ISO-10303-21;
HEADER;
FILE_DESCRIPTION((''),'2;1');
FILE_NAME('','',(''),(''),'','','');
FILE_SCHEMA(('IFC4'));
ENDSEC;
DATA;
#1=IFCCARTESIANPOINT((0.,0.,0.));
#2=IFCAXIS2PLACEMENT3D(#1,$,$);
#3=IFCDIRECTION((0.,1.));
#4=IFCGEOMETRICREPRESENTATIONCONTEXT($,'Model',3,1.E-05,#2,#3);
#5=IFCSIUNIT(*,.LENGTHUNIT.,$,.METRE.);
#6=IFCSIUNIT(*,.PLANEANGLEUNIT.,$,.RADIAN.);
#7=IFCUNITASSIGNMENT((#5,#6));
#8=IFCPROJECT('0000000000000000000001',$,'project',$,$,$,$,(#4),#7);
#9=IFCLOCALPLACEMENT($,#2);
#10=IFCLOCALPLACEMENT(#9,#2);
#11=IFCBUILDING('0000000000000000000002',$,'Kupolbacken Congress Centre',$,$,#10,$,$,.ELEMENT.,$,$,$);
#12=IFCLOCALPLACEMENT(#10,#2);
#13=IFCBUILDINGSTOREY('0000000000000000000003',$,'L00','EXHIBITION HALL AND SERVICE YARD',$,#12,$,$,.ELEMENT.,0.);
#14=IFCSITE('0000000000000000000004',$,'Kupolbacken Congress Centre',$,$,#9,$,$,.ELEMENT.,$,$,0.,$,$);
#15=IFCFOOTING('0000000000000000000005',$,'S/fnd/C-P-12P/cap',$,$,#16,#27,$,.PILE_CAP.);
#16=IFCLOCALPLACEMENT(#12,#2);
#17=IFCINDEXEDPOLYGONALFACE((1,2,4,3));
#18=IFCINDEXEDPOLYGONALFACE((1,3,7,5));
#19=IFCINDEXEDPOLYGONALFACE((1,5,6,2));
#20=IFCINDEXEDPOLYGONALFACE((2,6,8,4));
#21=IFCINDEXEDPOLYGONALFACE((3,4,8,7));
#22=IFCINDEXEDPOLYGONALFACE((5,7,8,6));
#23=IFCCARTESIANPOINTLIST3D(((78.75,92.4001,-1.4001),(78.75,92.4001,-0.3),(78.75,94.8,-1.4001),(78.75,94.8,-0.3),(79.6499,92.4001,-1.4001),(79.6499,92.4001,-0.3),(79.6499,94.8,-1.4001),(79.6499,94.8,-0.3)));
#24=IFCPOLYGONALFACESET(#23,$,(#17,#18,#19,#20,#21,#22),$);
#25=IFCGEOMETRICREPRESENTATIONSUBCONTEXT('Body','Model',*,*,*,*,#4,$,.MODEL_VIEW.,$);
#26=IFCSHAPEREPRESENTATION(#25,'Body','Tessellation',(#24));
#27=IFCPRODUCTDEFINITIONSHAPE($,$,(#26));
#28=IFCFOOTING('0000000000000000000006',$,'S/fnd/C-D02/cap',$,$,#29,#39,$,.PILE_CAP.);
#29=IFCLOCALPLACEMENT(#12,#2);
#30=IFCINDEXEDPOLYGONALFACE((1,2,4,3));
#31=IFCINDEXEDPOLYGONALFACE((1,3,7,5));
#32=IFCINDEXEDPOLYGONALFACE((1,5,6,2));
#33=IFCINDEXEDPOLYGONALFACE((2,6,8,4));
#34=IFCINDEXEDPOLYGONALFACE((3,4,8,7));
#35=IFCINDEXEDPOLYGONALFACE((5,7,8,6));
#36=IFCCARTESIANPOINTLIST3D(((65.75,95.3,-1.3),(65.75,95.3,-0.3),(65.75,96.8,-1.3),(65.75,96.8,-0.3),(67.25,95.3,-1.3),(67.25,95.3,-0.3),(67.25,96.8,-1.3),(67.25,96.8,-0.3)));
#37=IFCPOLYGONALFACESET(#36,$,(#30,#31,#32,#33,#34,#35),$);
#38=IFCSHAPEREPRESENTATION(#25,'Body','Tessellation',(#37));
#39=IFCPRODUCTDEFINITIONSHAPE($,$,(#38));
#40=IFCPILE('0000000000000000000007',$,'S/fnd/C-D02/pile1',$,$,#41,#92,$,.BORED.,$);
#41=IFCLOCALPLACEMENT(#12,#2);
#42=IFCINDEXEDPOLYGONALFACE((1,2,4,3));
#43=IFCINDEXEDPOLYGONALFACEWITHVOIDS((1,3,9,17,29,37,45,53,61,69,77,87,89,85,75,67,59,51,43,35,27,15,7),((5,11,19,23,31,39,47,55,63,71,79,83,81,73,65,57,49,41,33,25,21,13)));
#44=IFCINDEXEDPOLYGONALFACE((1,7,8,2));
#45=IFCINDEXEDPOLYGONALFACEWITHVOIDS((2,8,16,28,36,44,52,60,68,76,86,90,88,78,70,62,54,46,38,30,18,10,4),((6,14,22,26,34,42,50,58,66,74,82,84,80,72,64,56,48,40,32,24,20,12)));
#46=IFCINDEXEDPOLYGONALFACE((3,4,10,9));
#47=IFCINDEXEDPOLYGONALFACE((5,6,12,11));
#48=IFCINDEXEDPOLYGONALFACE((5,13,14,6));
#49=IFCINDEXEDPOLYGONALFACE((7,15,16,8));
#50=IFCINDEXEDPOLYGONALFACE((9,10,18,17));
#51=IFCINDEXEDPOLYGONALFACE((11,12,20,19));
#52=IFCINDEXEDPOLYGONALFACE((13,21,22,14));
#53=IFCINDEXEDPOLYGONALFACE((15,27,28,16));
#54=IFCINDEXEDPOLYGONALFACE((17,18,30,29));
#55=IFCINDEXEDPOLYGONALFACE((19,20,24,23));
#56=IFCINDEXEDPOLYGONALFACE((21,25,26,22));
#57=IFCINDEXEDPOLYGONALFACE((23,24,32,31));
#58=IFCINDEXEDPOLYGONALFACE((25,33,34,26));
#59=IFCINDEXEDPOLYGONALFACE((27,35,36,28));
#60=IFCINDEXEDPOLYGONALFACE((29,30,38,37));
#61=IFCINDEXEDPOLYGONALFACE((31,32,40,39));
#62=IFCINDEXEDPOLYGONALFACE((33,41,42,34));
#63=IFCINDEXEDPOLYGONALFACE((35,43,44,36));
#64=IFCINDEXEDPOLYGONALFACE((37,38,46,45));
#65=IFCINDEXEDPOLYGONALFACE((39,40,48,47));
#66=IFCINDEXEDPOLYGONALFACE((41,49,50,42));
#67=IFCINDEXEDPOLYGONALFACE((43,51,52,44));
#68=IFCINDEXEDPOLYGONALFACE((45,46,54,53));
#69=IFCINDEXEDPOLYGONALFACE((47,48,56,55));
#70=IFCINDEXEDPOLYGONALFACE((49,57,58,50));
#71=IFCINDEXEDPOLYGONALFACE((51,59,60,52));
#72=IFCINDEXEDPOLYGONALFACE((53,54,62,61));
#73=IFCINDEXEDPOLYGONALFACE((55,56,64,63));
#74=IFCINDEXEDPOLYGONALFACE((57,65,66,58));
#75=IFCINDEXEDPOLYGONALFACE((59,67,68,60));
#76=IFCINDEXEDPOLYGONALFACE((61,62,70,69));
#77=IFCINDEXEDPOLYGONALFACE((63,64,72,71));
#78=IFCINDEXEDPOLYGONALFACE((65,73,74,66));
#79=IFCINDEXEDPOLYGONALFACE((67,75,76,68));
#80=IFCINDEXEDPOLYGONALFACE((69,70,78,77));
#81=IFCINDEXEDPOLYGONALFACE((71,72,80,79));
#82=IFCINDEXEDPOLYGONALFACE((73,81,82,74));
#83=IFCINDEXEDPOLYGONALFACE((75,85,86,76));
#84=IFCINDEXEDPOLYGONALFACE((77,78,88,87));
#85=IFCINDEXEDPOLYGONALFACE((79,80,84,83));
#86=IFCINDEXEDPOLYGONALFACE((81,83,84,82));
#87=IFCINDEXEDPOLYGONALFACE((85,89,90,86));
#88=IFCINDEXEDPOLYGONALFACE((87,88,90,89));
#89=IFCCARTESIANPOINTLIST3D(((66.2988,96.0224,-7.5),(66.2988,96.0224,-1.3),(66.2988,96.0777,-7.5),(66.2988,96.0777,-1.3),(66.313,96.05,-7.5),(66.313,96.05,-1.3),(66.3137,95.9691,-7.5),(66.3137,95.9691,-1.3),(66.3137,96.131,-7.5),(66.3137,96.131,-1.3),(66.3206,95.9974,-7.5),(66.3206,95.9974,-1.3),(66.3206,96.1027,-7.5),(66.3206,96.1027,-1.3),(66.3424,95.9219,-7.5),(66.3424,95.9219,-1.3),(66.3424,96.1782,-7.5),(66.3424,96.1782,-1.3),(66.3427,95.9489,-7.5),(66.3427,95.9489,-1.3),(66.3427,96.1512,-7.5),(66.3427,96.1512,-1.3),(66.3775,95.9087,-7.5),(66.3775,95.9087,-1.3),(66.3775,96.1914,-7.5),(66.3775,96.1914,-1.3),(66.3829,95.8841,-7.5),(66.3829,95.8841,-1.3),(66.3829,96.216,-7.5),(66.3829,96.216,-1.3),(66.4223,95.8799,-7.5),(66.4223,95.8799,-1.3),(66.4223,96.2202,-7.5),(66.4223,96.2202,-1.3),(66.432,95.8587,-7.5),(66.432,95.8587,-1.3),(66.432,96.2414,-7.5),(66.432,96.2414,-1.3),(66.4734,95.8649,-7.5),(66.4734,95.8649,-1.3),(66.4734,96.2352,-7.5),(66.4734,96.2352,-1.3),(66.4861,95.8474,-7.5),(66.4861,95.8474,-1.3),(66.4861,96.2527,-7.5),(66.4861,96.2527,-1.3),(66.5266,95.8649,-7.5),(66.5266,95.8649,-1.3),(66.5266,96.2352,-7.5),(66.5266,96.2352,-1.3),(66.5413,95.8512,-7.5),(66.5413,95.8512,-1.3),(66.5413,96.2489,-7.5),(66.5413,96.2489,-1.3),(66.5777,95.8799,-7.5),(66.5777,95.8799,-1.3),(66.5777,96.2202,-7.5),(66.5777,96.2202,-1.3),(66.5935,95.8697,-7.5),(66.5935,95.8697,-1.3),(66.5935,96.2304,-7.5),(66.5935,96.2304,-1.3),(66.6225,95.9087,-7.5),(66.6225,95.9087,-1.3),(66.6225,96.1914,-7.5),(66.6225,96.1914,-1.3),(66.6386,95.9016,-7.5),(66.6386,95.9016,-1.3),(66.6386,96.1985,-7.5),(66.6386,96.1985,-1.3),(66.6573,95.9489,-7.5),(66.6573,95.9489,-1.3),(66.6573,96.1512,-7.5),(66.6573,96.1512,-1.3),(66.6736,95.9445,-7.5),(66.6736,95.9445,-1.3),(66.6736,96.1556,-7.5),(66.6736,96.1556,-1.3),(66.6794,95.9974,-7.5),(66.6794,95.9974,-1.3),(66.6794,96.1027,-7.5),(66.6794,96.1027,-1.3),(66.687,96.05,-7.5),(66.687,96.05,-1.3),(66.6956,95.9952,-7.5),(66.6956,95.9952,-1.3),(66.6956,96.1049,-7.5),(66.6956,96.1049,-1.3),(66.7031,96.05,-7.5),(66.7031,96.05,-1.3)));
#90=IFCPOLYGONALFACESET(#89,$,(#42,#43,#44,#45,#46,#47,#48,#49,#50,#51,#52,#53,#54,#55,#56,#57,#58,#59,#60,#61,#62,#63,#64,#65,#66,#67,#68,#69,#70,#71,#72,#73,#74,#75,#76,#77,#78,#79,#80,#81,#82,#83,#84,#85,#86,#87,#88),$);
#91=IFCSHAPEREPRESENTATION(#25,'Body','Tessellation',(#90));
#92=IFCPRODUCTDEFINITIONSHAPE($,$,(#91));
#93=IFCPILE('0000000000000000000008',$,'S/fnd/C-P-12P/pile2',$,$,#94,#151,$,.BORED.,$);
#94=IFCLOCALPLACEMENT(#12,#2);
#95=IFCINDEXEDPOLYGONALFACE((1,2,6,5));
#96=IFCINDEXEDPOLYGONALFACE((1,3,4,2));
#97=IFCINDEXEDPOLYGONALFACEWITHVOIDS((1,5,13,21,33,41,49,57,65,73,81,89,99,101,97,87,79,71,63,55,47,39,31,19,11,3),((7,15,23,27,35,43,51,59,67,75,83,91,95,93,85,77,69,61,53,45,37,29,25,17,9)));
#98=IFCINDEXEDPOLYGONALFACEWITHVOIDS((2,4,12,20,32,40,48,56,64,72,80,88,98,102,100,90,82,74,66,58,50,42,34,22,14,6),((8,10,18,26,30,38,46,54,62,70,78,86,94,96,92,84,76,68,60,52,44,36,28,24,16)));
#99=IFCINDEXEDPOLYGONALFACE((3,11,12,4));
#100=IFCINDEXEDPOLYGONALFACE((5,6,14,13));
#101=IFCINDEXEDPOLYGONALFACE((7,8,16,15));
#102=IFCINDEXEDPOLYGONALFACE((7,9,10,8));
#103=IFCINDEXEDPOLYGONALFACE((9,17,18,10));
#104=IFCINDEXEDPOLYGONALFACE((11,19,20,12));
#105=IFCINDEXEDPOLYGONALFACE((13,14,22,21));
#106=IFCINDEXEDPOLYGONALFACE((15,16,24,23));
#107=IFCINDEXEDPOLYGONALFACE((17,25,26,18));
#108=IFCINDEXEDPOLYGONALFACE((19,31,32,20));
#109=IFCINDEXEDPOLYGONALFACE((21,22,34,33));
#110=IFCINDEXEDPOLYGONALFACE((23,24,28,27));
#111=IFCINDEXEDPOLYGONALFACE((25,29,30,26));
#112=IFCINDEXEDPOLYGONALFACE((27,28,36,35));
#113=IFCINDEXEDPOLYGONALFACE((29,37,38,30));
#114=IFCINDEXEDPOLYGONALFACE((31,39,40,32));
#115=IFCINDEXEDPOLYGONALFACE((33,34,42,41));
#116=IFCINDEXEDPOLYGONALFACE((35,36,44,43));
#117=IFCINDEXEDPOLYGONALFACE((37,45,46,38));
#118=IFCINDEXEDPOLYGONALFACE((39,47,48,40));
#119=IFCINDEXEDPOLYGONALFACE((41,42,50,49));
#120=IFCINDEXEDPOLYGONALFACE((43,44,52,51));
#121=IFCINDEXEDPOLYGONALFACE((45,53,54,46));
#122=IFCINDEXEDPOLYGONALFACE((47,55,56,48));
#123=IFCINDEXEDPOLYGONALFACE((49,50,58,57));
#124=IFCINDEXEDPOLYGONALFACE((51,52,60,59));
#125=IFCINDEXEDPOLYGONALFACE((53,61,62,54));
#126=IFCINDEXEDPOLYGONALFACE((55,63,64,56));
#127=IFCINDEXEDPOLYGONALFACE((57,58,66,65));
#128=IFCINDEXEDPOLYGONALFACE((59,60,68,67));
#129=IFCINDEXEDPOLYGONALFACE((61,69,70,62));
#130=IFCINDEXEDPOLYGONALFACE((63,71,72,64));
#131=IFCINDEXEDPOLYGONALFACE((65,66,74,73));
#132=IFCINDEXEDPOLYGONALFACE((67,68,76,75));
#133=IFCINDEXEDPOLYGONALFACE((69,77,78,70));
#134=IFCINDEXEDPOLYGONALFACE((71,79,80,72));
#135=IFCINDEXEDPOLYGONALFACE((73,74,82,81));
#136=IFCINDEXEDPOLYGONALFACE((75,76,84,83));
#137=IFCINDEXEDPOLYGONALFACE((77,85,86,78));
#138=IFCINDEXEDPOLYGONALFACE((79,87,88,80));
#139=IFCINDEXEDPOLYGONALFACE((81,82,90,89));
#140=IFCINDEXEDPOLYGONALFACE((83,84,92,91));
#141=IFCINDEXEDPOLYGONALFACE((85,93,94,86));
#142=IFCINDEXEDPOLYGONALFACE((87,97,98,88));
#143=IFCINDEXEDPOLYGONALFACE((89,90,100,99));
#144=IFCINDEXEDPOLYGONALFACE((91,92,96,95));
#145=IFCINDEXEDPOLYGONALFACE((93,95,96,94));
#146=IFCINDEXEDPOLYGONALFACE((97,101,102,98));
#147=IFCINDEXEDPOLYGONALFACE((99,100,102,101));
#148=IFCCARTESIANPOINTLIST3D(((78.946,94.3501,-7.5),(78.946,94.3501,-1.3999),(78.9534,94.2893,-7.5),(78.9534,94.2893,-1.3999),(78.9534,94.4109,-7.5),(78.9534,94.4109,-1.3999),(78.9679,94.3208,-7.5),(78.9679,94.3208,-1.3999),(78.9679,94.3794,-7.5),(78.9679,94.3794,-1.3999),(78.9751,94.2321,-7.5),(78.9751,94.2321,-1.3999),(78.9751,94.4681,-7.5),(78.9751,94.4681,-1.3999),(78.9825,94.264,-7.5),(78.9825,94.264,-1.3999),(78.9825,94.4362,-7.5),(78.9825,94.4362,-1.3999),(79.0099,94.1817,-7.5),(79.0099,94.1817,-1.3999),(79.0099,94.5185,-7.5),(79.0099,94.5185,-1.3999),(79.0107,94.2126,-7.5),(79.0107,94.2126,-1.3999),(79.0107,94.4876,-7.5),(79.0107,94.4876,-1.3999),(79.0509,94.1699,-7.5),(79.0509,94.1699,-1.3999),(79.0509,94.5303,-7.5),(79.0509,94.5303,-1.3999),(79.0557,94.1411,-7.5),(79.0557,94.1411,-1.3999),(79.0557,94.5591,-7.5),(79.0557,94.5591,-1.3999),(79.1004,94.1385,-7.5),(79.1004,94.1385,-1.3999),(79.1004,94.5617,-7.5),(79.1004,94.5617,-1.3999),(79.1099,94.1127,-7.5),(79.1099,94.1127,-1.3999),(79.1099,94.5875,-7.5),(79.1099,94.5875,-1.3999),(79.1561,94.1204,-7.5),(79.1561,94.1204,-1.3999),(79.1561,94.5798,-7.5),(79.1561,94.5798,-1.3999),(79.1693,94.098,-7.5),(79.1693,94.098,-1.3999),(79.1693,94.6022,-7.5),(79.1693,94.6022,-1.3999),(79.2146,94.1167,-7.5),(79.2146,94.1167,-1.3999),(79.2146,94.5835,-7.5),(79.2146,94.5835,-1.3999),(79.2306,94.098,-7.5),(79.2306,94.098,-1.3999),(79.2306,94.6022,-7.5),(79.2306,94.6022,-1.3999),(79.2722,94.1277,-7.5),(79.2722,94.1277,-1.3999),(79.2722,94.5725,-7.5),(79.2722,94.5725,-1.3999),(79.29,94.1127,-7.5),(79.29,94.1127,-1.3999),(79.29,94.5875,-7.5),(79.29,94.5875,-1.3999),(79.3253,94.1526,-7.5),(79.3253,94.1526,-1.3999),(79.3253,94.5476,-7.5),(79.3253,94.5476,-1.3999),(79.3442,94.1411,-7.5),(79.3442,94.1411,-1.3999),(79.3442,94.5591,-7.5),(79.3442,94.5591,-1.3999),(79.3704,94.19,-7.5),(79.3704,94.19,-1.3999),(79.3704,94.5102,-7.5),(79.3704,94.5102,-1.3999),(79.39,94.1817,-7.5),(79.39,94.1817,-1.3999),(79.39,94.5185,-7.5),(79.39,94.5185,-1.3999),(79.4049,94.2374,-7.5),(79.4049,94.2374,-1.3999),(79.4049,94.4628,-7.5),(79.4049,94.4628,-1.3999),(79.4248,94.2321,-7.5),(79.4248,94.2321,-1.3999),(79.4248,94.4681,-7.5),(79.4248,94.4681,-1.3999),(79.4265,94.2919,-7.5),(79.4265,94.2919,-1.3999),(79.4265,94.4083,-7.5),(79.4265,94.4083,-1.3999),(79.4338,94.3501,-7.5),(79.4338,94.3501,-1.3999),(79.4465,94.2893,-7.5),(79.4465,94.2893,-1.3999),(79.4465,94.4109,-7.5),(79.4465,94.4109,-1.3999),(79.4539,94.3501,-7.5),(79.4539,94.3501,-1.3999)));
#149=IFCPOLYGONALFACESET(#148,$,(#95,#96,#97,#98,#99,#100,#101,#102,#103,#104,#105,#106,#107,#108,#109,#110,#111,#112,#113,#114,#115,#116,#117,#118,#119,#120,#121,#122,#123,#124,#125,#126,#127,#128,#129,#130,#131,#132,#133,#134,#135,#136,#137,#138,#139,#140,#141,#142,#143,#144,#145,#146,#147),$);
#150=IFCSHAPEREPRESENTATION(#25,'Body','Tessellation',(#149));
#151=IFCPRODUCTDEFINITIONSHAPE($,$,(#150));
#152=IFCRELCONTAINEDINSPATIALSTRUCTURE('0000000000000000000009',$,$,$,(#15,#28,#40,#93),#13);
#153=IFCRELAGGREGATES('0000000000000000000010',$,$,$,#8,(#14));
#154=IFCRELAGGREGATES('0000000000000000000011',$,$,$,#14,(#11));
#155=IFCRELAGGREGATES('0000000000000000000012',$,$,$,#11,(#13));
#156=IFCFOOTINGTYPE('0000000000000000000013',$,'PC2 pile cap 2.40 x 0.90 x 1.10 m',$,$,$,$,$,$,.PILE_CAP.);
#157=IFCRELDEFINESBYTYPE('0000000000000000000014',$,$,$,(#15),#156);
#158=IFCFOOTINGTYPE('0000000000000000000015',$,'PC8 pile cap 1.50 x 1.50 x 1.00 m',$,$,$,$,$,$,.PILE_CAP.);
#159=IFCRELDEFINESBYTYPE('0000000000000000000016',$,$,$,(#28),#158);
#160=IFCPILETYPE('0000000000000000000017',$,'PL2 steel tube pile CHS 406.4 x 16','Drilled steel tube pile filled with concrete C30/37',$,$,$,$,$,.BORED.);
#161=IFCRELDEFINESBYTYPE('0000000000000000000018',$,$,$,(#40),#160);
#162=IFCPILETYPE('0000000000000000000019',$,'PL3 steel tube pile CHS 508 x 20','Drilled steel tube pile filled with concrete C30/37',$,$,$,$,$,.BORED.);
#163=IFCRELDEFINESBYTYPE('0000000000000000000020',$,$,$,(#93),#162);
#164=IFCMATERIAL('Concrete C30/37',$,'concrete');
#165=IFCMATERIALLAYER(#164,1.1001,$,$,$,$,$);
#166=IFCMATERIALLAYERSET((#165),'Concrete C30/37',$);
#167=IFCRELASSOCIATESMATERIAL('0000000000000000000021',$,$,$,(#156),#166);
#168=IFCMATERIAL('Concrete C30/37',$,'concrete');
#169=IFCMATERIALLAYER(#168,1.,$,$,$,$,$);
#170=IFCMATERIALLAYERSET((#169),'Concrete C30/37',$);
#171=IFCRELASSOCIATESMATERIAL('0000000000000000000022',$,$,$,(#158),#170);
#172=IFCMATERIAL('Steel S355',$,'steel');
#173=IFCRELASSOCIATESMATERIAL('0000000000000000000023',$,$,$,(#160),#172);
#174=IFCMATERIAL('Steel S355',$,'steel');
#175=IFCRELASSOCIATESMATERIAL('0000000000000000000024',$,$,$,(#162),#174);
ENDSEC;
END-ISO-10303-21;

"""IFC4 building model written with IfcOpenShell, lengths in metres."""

from ifc_helpers import new_model, si_unit, direction, frame, origin, origin_2d, place, context, subcontext, project, spatial, rectangle, hollow_circle, extrude, material, layer, layer_set, material_profile, profile_set, type_object, element, save


model = new_model("IFC4")

# Units and contexts
model_context = context("Model", 3, precision=1e-05, world=origin(), true_north=direction((0.0, 1.0)))
body_context = subcontext(model_context, "Body", "Model", "MODEL_VIEW")
ifc_project = project(units=[si_unit("LENGTHUNIT", "METRE"), si_unit("PLANEANGLEUNIT", "RADIAN")], contexts=[model_context])

# Site, building, storey
site_placement = place(None, origin())
site = spatial("IfcSite", under=ifc_project, at=site_placement, Name="Kupolbacken Congress Centre", CompositionType="ELEMENT", RefElevation=0.0)
building_placement = place(site_placement, origin())
building = spatial("IfcBuilding", under=site, at=building_placement, Name="Kupolbacken Congress Centre", CompositionType="ELEMENT")
storey_placement = place(building_placement, origin())
storey = spatial("IfcBuildingStorey", under=building, at=storey_placement, Name="L00", Description="EXHIBITION HALL AND SERVICE YARD", CompositionType="ELEMENT", Elevation=0.0)

# Footings
ifc_material_1 = material(Name="Concrete C30/37", Category="concrete")
ifc_layer_1 = layer(ifc_material_1, 1.1001)
ifc_layer_set_1 = layer_set([ifc_layer_1], Name="Concrete C30/37")
footing_type_1 = type_object("IfcFootingType", Name="PC2 pile cap 2.40 x 0.90 x 1.10 m", PredefinedType="PILE_CAP", material=ifc_layer_set_1)
footing_1_placement = place(storey_placement, frame((79.2, 93.6001, -1.4001), z_axis=(0.0, 0.0, 1.0), x_axis=(1.0, 0.0, 0.0)))
element("IfcFooting", 1, at=footing_1_placement, inside=storey, type_object=footing_type_1, Name="S/fnd/C-P-12P/cap", PredefinedType="PILE_CAP", context=body_context, shape_type="SweptSolid", body=[
    extrude(rectangle(XDim=0.8999, YDim=2.3999, at=origin_2d()), origin(), (0.0, 0.0, 1.0), 1.1001),
])
ifc_material_2 = material(Name="Concrete C30/37", Category="concrete")
ifc_layer_2 = layer(ifc_material_2, 1.0)
ifc_layer_set_2 = layer_set([ifc_layer_2], Name="Concrete C30/37")
footing_type_2 = type_object("IfcFootingType", Name="PC8 pile cap 1.50 x 1.50 x 1.00 m", PredefinedType="PILE_CAP", material=ifc_layer_set_2)
footing_2_placement = place(storey_placement, frame((66.5, 96.05, -1.3), z_axis=(0.0, 0.0, 1.0), x_axis=(1.0, 0.0, 0.0)))
element("IfcFooting", 2, at=footing_2_placement, inside=storey, type_object=footing_type_2, Name="S/fnd/C-D02/cap", PredefinedType="PILE_CAP", context=body_context, shape_type="SweptSolid", body=[
    extrude(rectangle(XDim=1.5, YDim=1.5, at=origin_2d()), origin(), (0.0, 0.0, 1.0), 1.0),
])

# Piles
ifc_material_3 = material(Name="Steel S355", Category="steel")
ifc_material_profile_1 = material_profile(ifc_material_3, hollow_circle(Radius=0.2031, WallThickness=0.0161, at=origin_2d()), Name="CHS 406.4 x 16")
ifc_profile_set_1 = profile_set([ifc_material_profile_1], Name="Steel S355")
pile_type_1 = type_object("IfcPileType", Name="PL2 steel tube pile CHS 406.4 x 16", Description="Drilled steel tube pile filled with concrete C30/37", PredefinedType="BORED", material=ifc_profile_set_1)
pile_placement = place(storey_placement, frame((66.5, 96.05, -1.3), z_axis=(0.0, 0.0, -1.0), x_axis=(1.0, 0.0, 0.0)))
element("IfcPile", 3, at=pile_placement, inside=storey, type_object=pile_type_1, Name="S/fnd/C-D02/pile1", PredefinedType="BORED", context=body_context, shape_type="SweptSolid", body=[
    extrude(hollow_circle(Radius=0.2031, WallThickness=0.0161, at=origin_2d()), origin(), (0.0, 0.0, 1.0), 6.2),
])
ifc_material_4 = material(Name="Steel S355", Category="steel")
ifc_material_profile_2 = material_profile(ifc_material_4, hollow_circle(Radius=0.2539, WallThickness=0.02, at=origin_2d()), Name="CHS 508 x 20")
ifc_profile_set_2 = profile_set([ifc_material_profile_2], Name="Steel S355")
pile_type_2 = type_object("IfcPileType", Name="PL3 steel tube pile CHS 508 x 20", Description="Drilled steel tube pile filled with concrete C30/37", PredefinedType="BORED", material=ifc_profile_set_2)
for number, where, z_axis, x_axis, name in (
    (4, (79.2, 94.3501, -1.3999), (0.0, 0.0, -1.0), (1.0, 0.0, 0.0), "S/fnd/C-P-12P/pile2"),
):
    element("IfcPile", number, at=place(storey_placement, frame(where, z_axis=z_axis, x_axis=x_axis)), inside=storey, type_object=pile_type_2, Name=name, PredefinedType="BORED", context=body_context, shape_type="SweptSolid", body=[
        extrude(hollow_circle(Radius=0.2539, WallThickness=0.02, at=origin_2d()), origin(), (0.0, 0.0, 1.0), 6.1001),
    ])

save(model, "model.ifc")
